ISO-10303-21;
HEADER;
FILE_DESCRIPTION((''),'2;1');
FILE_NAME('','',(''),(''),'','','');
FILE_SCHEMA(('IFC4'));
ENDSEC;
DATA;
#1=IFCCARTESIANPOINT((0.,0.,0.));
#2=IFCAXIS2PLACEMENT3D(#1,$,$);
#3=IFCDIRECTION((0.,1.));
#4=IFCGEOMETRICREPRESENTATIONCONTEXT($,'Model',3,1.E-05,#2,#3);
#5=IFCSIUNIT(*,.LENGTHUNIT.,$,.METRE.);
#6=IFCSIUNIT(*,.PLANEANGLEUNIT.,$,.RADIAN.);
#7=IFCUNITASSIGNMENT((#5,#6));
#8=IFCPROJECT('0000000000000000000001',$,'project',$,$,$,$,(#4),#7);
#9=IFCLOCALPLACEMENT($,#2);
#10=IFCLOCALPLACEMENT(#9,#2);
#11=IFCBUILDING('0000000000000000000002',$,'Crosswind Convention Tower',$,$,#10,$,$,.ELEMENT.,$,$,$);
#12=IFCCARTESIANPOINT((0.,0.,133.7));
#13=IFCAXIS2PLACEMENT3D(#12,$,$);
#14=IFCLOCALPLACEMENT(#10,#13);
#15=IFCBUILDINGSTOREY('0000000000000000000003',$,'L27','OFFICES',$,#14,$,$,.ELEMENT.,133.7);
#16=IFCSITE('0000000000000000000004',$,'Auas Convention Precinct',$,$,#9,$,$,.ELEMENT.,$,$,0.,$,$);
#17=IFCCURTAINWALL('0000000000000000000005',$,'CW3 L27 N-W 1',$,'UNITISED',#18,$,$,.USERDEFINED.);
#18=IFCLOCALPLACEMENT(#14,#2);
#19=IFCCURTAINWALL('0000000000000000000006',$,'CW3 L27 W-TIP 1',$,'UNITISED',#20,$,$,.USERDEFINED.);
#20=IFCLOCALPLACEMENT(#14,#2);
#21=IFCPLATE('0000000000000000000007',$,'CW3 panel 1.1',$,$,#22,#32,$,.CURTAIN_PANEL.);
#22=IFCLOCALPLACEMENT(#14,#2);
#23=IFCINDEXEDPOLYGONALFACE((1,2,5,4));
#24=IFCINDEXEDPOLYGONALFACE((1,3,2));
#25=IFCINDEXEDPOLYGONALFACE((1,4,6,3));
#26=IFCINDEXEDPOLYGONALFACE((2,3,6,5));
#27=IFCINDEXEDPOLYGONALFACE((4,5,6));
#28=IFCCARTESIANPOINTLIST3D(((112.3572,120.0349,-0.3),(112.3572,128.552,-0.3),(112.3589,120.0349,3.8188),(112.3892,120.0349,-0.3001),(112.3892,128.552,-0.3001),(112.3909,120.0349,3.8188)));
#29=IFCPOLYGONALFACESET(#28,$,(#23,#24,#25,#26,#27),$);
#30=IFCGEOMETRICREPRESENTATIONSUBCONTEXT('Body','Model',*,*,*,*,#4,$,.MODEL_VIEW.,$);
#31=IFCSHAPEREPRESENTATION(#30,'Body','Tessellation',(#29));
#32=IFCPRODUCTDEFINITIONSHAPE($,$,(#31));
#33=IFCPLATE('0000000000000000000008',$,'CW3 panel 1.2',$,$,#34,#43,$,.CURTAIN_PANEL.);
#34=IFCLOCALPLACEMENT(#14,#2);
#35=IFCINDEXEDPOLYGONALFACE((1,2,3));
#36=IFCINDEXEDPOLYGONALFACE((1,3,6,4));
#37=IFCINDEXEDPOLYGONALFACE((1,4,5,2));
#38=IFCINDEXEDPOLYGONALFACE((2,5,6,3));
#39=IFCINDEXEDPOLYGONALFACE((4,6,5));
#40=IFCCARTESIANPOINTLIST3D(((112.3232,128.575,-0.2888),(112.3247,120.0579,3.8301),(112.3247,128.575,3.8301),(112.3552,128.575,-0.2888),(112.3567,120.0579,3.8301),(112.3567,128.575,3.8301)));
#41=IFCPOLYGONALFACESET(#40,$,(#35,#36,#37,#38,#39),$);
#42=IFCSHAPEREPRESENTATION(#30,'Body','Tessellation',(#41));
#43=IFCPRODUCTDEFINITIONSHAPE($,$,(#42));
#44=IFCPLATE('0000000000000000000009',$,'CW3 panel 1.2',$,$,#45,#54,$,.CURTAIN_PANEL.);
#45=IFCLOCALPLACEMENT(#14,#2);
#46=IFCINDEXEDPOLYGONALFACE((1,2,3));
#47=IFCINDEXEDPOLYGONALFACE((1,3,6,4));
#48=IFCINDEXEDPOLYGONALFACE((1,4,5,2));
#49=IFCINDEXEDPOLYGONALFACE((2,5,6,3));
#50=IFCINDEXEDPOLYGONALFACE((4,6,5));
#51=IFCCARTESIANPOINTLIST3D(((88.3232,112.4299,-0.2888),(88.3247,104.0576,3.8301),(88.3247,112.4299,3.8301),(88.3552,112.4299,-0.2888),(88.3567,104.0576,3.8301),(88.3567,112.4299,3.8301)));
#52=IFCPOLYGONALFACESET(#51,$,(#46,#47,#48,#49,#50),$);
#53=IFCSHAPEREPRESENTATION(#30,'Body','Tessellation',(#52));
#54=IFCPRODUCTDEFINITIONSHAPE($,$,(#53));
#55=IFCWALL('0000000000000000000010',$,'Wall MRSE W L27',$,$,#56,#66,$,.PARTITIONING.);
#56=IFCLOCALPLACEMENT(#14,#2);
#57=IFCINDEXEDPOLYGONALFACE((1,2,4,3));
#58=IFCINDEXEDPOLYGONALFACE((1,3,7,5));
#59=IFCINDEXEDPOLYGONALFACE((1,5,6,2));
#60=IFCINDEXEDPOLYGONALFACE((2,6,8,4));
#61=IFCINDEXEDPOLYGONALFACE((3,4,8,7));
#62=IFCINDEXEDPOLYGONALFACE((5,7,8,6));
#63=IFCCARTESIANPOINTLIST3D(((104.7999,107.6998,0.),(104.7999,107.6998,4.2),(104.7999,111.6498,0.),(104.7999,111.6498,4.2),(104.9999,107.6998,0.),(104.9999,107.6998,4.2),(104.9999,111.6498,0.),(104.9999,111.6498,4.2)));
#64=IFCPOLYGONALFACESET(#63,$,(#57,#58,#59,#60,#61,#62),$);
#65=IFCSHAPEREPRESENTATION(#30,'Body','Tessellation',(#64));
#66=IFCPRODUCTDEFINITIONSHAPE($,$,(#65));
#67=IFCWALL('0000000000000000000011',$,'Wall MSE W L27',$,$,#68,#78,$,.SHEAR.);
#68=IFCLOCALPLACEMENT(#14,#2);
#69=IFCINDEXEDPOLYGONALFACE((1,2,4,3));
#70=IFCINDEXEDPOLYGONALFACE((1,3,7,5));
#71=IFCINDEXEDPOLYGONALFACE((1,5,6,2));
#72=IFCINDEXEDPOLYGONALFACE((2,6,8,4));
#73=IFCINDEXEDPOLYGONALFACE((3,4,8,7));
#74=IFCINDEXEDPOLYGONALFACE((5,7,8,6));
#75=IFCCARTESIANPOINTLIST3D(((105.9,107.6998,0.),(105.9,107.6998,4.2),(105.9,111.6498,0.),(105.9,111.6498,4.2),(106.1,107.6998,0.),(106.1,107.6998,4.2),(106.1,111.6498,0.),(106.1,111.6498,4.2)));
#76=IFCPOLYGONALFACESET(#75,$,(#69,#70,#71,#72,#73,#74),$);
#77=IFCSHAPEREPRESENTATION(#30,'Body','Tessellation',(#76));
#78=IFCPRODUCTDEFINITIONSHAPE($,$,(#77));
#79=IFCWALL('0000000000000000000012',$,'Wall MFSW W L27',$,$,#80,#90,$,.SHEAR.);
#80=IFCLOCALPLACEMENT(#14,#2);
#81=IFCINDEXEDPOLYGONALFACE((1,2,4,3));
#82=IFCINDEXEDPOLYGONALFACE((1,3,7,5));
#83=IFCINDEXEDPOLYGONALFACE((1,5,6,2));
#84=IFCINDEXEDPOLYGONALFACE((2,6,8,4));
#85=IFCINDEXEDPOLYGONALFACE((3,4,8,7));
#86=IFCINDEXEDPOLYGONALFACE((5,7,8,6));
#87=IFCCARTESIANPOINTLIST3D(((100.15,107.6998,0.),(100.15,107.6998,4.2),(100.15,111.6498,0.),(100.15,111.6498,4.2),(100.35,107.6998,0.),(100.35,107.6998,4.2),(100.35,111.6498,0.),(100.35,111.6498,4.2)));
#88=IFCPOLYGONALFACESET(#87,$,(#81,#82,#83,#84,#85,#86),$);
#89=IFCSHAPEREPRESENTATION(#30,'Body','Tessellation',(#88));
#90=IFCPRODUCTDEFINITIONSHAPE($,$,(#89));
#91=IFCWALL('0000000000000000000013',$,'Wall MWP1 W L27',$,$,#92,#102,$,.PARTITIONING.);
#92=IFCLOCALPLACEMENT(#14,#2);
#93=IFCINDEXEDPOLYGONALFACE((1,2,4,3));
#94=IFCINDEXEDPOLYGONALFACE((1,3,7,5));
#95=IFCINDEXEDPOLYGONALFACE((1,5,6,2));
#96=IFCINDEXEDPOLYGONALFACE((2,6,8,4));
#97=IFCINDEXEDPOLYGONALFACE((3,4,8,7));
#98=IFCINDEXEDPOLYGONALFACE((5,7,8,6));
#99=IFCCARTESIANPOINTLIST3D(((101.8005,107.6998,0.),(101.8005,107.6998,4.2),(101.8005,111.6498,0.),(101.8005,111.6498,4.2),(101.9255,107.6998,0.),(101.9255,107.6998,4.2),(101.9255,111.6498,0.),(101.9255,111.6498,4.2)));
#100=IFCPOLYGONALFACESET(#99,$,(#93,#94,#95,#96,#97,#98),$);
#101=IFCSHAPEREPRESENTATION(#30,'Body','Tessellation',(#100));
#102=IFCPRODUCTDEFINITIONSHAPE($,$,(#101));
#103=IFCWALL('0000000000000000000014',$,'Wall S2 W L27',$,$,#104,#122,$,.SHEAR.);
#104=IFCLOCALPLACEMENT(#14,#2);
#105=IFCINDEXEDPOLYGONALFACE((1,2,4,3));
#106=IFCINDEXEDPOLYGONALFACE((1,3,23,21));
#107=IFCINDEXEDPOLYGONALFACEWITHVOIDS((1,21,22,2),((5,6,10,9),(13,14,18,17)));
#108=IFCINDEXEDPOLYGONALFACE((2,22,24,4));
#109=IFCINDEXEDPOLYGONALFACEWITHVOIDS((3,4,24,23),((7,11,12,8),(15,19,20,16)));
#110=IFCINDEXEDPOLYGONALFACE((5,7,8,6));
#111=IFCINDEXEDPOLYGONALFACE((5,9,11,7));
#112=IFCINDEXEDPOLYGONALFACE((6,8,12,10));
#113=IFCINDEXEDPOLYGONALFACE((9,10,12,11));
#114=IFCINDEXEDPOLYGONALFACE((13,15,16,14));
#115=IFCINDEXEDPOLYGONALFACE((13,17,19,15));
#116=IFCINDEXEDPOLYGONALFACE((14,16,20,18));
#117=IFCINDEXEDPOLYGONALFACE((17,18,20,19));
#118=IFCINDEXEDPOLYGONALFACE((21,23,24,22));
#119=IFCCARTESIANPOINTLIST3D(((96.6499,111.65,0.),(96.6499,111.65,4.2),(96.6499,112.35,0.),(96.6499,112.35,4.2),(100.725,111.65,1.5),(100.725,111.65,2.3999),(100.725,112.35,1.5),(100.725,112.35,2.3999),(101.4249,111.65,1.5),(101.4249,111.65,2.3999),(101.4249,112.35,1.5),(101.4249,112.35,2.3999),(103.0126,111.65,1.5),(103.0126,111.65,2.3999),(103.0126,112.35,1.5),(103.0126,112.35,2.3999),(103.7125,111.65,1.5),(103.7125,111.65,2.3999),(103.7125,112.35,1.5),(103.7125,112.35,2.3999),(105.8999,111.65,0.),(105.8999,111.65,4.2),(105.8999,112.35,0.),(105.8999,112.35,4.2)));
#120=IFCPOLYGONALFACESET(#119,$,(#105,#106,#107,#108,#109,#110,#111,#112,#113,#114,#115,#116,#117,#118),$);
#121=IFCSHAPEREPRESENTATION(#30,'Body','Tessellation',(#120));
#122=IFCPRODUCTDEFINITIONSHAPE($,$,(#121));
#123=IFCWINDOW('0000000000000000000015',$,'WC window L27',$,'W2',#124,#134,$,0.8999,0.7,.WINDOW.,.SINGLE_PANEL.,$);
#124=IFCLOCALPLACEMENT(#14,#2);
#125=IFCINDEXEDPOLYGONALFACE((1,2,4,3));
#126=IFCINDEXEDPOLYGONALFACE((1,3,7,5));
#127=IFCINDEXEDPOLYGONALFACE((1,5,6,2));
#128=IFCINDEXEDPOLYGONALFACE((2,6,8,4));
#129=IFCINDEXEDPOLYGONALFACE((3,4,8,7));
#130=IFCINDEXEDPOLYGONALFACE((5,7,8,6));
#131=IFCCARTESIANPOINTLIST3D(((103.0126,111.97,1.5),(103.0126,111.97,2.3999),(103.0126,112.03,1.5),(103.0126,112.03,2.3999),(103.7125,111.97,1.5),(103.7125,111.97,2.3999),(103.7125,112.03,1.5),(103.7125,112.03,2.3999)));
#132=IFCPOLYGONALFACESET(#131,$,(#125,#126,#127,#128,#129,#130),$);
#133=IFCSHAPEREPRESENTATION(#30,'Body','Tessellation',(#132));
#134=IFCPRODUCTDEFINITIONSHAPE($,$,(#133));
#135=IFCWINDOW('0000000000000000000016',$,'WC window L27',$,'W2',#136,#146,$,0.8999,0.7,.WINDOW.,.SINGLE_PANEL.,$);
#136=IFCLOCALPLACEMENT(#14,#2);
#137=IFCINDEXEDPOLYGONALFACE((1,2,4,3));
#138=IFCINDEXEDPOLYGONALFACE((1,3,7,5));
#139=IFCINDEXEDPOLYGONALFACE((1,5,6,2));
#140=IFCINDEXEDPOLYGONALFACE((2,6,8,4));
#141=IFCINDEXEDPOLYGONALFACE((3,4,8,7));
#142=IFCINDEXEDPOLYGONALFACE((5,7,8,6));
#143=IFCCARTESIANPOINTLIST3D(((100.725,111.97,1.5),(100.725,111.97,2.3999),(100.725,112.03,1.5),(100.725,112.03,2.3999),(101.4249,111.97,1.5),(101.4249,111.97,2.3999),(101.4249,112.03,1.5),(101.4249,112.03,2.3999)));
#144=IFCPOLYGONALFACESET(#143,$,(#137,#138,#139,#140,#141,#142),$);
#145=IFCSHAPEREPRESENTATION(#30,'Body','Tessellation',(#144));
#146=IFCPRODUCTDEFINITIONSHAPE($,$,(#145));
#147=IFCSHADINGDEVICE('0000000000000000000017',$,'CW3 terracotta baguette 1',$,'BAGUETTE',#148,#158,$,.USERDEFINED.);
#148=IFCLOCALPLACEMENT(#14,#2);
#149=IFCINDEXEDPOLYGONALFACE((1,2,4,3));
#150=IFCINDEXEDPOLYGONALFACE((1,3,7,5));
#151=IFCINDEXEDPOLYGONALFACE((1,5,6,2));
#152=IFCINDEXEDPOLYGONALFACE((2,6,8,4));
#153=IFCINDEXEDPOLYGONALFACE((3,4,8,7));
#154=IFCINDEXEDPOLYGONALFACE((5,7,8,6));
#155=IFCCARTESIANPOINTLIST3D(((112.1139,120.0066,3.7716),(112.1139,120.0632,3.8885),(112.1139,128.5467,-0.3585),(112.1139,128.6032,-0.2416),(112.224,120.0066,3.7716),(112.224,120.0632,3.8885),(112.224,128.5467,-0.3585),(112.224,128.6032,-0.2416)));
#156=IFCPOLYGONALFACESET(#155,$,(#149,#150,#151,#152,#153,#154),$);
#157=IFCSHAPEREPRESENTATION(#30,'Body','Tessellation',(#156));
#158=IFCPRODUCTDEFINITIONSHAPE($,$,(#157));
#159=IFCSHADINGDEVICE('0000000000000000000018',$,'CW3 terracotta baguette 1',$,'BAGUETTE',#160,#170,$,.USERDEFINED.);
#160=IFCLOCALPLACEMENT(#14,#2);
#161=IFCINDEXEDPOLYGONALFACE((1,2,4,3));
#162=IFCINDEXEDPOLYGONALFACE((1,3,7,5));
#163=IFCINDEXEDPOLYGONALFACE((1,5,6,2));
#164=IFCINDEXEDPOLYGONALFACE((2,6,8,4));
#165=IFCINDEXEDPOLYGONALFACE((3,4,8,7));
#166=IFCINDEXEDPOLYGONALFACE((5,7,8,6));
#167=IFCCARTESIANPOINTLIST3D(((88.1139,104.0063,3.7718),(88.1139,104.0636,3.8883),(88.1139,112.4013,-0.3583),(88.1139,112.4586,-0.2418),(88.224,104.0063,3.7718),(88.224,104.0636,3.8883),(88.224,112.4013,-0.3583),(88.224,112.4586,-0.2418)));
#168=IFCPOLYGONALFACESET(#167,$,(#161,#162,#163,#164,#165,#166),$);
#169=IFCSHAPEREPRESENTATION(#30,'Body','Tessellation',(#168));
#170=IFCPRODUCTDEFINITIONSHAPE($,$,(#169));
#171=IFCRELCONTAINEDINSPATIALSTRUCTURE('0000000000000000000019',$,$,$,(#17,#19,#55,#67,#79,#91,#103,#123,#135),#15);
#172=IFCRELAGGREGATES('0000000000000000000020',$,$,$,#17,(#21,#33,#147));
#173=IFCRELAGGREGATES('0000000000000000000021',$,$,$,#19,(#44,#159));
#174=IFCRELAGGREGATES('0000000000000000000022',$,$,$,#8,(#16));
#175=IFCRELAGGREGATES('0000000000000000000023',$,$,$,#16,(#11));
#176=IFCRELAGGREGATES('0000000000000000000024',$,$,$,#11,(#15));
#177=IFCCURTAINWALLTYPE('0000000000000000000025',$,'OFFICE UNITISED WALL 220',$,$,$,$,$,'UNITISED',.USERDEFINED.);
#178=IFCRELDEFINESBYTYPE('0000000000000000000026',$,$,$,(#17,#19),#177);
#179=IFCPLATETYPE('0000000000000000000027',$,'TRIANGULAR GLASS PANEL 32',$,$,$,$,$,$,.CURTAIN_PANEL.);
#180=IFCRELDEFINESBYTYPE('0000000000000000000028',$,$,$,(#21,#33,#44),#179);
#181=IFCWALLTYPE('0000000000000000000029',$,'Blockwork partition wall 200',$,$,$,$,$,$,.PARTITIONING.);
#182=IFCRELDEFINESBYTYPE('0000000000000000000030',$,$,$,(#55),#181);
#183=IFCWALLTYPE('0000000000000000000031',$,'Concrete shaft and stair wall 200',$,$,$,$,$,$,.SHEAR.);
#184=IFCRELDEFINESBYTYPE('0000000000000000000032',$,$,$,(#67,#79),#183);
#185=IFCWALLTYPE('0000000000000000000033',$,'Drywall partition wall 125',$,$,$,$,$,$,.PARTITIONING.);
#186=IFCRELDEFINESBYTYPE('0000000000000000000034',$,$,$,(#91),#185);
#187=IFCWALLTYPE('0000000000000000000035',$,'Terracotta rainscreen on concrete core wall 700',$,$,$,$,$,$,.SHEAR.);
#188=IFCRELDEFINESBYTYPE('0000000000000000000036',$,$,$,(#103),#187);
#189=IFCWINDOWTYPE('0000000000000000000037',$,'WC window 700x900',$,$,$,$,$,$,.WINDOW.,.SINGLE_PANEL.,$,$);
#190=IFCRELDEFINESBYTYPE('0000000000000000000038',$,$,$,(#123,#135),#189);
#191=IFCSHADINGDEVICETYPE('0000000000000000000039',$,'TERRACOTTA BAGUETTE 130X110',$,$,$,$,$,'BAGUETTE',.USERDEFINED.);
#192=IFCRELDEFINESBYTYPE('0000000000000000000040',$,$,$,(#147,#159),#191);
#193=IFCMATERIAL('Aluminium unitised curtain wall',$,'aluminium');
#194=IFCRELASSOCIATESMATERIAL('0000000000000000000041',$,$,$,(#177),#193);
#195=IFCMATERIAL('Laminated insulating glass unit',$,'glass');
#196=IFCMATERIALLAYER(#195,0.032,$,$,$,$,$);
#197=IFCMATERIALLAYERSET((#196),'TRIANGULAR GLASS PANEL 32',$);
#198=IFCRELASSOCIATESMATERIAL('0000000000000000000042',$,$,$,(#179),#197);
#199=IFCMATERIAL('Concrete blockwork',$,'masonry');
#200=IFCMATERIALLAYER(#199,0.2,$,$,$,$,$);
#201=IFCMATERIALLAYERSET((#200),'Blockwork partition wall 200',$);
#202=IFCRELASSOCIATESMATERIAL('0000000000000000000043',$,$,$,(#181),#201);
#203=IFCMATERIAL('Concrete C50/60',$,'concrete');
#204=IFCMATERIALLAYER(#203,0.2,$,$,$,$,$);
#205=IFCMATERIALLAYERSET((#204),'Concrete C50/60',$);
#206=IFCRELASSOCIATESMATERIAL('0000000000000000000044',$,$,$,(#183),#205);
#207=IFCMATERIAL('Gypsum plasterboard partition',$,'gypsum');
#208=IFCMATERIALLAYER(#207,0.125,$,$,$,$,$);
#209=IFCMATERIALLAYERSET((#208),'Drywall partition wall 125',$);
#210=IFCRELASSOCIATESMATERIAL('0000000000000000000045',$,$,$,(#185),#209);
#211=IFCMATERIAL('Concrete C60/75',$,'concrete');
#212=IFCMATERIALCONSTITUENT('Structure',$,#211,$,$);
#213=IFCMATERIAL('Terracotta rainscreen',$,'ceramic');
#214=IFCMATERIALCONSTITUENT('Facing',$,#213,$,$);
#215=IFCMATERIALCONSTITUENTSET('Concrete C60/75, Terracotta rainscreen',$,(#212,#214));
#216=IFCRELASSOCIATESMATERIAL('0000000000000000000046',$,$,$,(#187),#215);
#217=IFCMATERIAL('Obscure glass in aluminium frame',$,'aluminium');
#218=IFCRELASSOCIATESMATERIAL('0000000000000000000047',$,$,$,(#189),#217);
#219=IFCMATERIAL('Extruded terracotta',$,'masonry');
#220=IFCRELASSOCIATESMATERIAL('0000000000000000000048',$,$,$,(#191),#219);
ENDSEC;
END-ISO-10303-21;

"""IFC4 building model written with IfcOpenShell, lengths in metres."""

from ifc_helpers import new_model, si_unit, direction, frame, frame_2d, origin, origin_2d, place, context, subcontext, project, spatial, polyline, rectangle, outline, extrude, material, layer, layer_set, constituent, constituent_set, material_profile, profile_set, type_object, element, fill, aggregate, save


model = new_model("IFC4")

# Units and contexts
model_context = context("Model", 3, precision=1e-05, world=origin(), true_north=direction((0.0, 1.0)))
body_context = subcontext(model_context, "Body", "Model", "MODEL_VIEW")
ifc_project = project(units=[si_unit("LENGTHUNIT", "METRE"), si_unit("PLANEANGLEUNIT", "RADIAN")], contexts=[model_context])

# Site, building, storey
site_placement = place(None, origin())
site = spatial("IfcSite", under=ifc_project, at=site_placement, Name="Auas Convention Precinct", CompositionType="ELEMENT", RefElevation=0.0)
building_placement = place(site_placement, origin())
building = spatial("IfcBuilding", under=site, at=building_placement, Name="Crosswind Convention Tower", CompositionType="ELEMENT")
storey_placement = place(building_placement, frame((0.0, 0.0, 133.7)))
storey = spatial("IfcBuildingStorey", under=building, at=storey_placement, Name="L27", Description="OFFICES", CompositionType="ELEMENT", Elevation=133.7)

# Shared definitions
ifc_material_1 = material(Name="Concrete C60/75", Category="concrete")

# Shared definitions
ifc_material_2 = material(Name="Aluminium unitised curtain wall", Category="aluminium")

# Curtain walls
curtain_wall_type_1 = type_object("IfcCurtainWallType", Name="OFFICE UNITISED WALL 220", ElementType="UNITISED", PredefinedType="USERDEFINED", material=ifc_material_2)
curtain_wall_1_placement = place(storey_placement, origin())
curtain_wall_1 = element("IfcCurtainWall", 1, at=curtain_wall_1_placement, inside=storey, type_object=curtain_wall_type_1, Name="CW3 L27 N-W 1", ObjectType="UNITISED", PredefinedType="USERDEFINED")
curtain_wall_2_placement = place(storey_placement, origin())
curtain_wall_2 = element("IfcCurtainWall", 2, at=curtain_wall_2_placement, inside=storey, type_object=curtain_wall_type_1, Name="CW3 L27 W-TIP 1", ObjectType="UNITISED", PredefinedType="USERDEFINED")

# Plates
ifc_material_3 = material(Name="Laminated insulating glass unit", Category="glass")
ifc_layer_1 = layer(ifc_material_3, 0.032)
ifc_layer_set_1 = layer_set([ifc_layer_1], Name="TRIANGULAR GLASS PANEL 32")
plate_type_1 = type_object("IfcPlateType", Name="TRIANGULAR GLASS PANEL 32", PredefinedType="CURTAIN_PANEL", material=ifc_layer_set_1)
plate_1_placement = place(storey_placement, frame((112.3572, 120.0349, -0.3), z_axis=(-1.0, 0.0, 0.000415), x_axis=(0.000415, 0.0, 1.0)))
plate_1 = element("IfcPlate", 3, at=plate_1_placement, type_object=plate_type_1, Name="CW3 panel 1.1", PredefinedType="CURTAIN_PANEL", context=body_context, shape_type="SweptSolid", body=[
    extrude(outline(polyline([(0.0, 0.0), (4.1189, 0.0), (0.0, 8.5171), (0.0, 0.0)])), origin(), (0.0, 0.0, -1.0), 0.032),
])
plate_2_placement = place(storey_placement, frame((112.3247, 128.575, 3.8301), z_axis=(-1.0, 0.0, 0.000356), x_axis=(-0.000356, 0.0, -1.0)))
plate_2 = element("IfcPlate", 4, at=plate_2_placement, type_object=plate_type_1, Name="CW3 panel 1.2", PredefinedType="CURTAIN_PANEL", context=body_context, shape_type="SweptSolid", body=[
    extrude(outline(polyline([(0.0, 0.0), (4.1189, 0.0), (0.0, 8.5171), (0.0, 0.0)])), origin(), (0.0, 0.0, -1.0), 0.032),
])
plate_3_placement = place(storey_placement, frame((88.3247, 112.4299, 3.8301), z_axis=(-1.0, 0.0, 0.000356), x_axis=(-0.000356, 0.0, -1.0)))
plate_3 = element("IfcPlate", 5, at=plate_3_placement, type_object=plate_type_1, Name="CW3 panel 1.2", PredefinedType="CURTAIN_PANEL", context=body_context, shape_type="SweptSolid", body=[
    extrude(outline(polyline([(0.0, 0.0), (4.1189, 0.0), (0.0, 8.3723), (0.0, 0.0)])), origin(), (0.0, 0.0, -1.0), 0.032),
])

# Walls
ifc_material_4 = material(Name="Concrete blockwork", Category="masonry")
ifc_layer_2 = layer(ifc_material_4, 0.2)
ifc_layer_set_2 = layer_set([ifc_layer_2], Name="Blockwork partition wall 200")
wall_type_1 = type_object("IfcWallType", Name="Blockwork partition wall 200", PredefinedType="PARTITIONING", material=ifc_layer_set_2)
wall_1_placement = place(storey_placement, frame((104.8999, 111.6499, 0.0), z_axis=(0.0, 0.0, 1.0), x_axis=(0.0, -1.0, 0.0)))
element("IfcWall", 6, at=wall_1_placement, inside=storey, type_object=wall_type_1, Name="Wall MRSE W L27", PredefinedType="PARTITIONING", context=body_context, shape_type="SweptSolid", body=[
    extrude(rectangle(XDim=3.95, YDim=0.2, at=frame_2d((1.9751, 0.0))), origin(), (0.0, 0.0, 1.0), 4.2),
])
ifc_material_5 = material(Name="Concrete C50/60", Category="concrete")
ifc_layer_3 = layer(ifc_material_5, 0.2)
ifc_layer_set_3 = layer_set([ifc_layer_3], Name="Concrete C50/60")
wall_type_2 = type_object("IfcWallType", Name="Concrete shaft and stair wall 200", PredefinedType="SHEAR", material=ifc_layer_set_3)
for number, where, z_axis, x_axis, name in (
    (7, (106.0, 111.6499, 0.0), (0.0, 0.0, 1.0), (0.0, -1.0, 0.0), "Wall MSE W L27"),
    (8, (100.25, 111.6499, 0.0), (0.0, 0.0, 1.0), (0.0, -1.0, 0.0), "Wall MFSW W L27"),
):
    element("IfcWall", number, at=place(storey_placement, frame(where, z_axis=z_axis, x_axis=x_axis)), inside=storey, type_object=wall_type_2, Name=name, PredefinedType="SHEAR", context=body_context, shape_type="SweptSolid", body=[
        extrude(rectangle(XDim=3.95, YDim=0.2, at=frame_2d((1.9751, 0.0))), origin(), (0.0, 0.0, 1.0), 4.2),
    ])
ifc_material_6 = material(Name="Gypsum plasterboard partition", Category="gypsum")
ifc_layer_4 = layer(ifc_material_6, 0.125)
ifc_layer_set_4 = layer_set([ifc_layer_4], Name="Drywall partition wall 125")
wall_type_3 = type_object("IfcWallType", Name="Drywall partition wall 125", PredefinedType="PARTITIONING", material=ifc_layer_set_4)
wall_2_placement = place(storey_placement, frame((101.863, 111.6499, 0.0), z_axis=(0.0, 0.0, 1.0), x_axis=(0.0, -1.0, 0.0)))
element("IfcWall", 9, at=wall_2_placement, inside=storey, type_object=wall_type_3, Name="Wall MWP1 W L27", PredefinedType="PARTITIONING", context=body_context, shape_type="SweptSolid", body=[
    extrude(rectangle(XDim=3.95, YDim=0.125, at=frame_2d((1.9751, 0.0))), origin(), (0.0, 0.0, 1.0), 4.2),
])

# Wall, openings, windows
ifc_constituent_1 = constituent(ifc_material_1, Name="Structure")
ifc_material_7 = material(Name="Terracotta rainscreen", Category="ceramic")
ifc_constituent_2 = constituent(ifc_material_7, Name="Facing")
ifc_constituent_set = constituent_set(constituents=[ifc_constituent_1, ifc_constituent_2], Name="Concrete C60/75, Terracotta rainscreen")
wall_type_4 = type_object("IfcWallType", Name="Terracotta rainscreen on concrete core wall 700", PredefinedType="SHEAR", material=ifc_constituent_set)
wall_3_placement = place(storey_placement, frame((105.8999, 112.0, 0.0), z_axis=(0.0, 0.0, 1.0), x_axis=(-1.0, 0.0, 0.0)))
wall_3 = element("IfcWall", 10, at=wall_3_placement, inside=storey, type_object=wall_type_4, Name="Wall S2 W L27", PredefinedType="SHEAR", context=body_context, shape_type="SweptSolid", body=[
    extrude(rectangle(XDim=9.25, YDim=0.7, at=frame_2d((4.625, 0.0))), origin(), (0.0, 0.0, 1.0), 4.2),
])
opening_1_placement = place(wall_3_placement, frame((2.1873, 0.0, 1.5)))
opening_1 = element("IfcOpeningElement", 11, at=opening_1_placement, cuts=wall_3, PredefinedType="OPENING", context=body_context, shape_type="SweptSolid", body=[
    extrude(rectangle(XDim=0.7, YDim=0.8999, at=frame_2d((0.3501, 0.45))), frame((0.0, 0.3599, 0.0), z_axis=(0.0, -1.0, 0.0), x_axis=(1.0, 0.0, 0.0)), (0.0, 0.0, 1.0), 0.72),
])
opening_2_placement = place(wall_3_placement, frame((4.4749, 0.0, 1.5)))
opening_2 = element("IfcOpeningElement", 12, at=opening_2_placement, cuts=wall_3, PredefinedType="OPENING", context=body_context, shape_type="SweptSolid", body=[
    extrude(rectangle(XDim=0.7, YDim=0.8999, at=frame_2d((0.3501, 0.45))), frame((0.0, 0.3599, 0.0), z_axis=(0.0, -1.0, 0.0), x_axis=(1.0, 0.0, 0.0)), (0.0, 0.0, 1.0), 0.72),
])
ifc_material_8 = material(Name="Obscure glass in aluminium frame", Category="aluminium")
window_type = type_object("IfcWindowType", Name="WC window 700x900", PartitioningType="SINGLE_PANEL", PredefinedType="WINDOW", material=ifc_material_8)
window_1_placement = place(opening_1_placement, origin())
window_1 = element("IfcWindow", 13, at=window_1_placement, inside=storey, type_object=window_type, Name="WC window L27", ObjectType="W2", OverallHeight=0.8999, OverallWidth=0.7, PartitioningType="SINGLE_PANEL", PredefinedType="WINDOW", context=body_context, shape_type="SweptSolid", body=[
    extrude(rectangle(XDim=0.7, YDim=0.8999, at=frame_2d((0.3501, 0.45))), frame((0.0, 0.03, 0.0), z_axis=(0.0, -1.0, 0.0), x_axis=(1.0, 0.0, 0.0)), (0.0, 0.0, 1.0), 0.0601),
])
fill(opening_1, window_1)
window_2_placement = place(opening_2_placement, origin())
window_2 = element("IfcWindow", 14, at=window_2_placement, inside=storey, type_object=window_type, Name="WC window L27", ObjectType="W2", OverallHeight=0.8999, OverallWidth=0.7, PartitioningType="SINGLE_PANEL", PredefinedType="WINDOW", context=body_context, shape_type="SweptSolid", body=[
    extrude(rectangle(XDim=0.7, YDim=0.8999, at=frame_2d((0.3501, 0.45))), frame((0.0, 0.03, 0.0), z_axis=(0.0, -1.0, 0.0), x_axis=(1.0, 0.0, 0.0)), (0.0, 0.0, 1.0), 0.0601),
])
fill(opening_2, window_2)

# Shading devices
ifc_material_9 = material(Name="Extruded terracotta", Category="masonry")
ifc_material_profile_1 = material_profile(ifc_material_9, rectangle(XDim=0.1101, YDim=0.1299, at=origin_2d()), Name="TC 110X130")
ifc_profile_set_1 = profile_set([ifc_material_profile_1], Name="Extruded terracotta")
shading_device_type = type_object("IfcShadingDeviceType", Name="TERRACOTTA BAGUETTE 130X110", ElementType="BAGUETTE", PredefinedType="USERDEFINED", material=ifc_profile_set_1)
shading_device_1_placement = place(storey_placement, frame((112.1689, 128.575, -0.3), z_axis=(0.0, -0.900248, 0.435377), x_axis=(1.0, 0.0, 0.0)))
shading_device_1 = element("IfcShadingDevice", 15, at=shading_device_1_placement, type_object=shading_device_type, Name="CW3 terracotta baguette 1", ObjectType="BAGUETTE", PredefinedType="USERDEFINED", context=body_context, shape_type="SweptSolid", body=[
    extrude(rectangle(XDim=0.1101, YDim=0.1299, at=origin_2d()), origin(), (0.0, 0.0, 1.0), 9.4863),
])
aggregate(curtain_wall_1, [plate_1, plate_2, shading_device_1])
shading_device_2_placement = place(storey_placement, frame((88.1689, 112.4299, -0.3), z_axis=(0.0, -0.897289, 0.441443), x_axis=(1.0, 0.0, 0.0)))
shading_device_2 = element("IfcShadingDevice", 16, at=shading_device_2_placement, type_object=shading_device_type, Name="CW3 terracotta baguette 1", ObjectType="BAGUETTE", PredefinedType="USERDEFINED", context=body_context, shape_type="SweptSolid", body=[
    extrude(rectangle(XDim=0.1101, YDim=0.1299, at=origin_2d()), origin(), (0.0, 0.0, 1.0), 9.356),
])
aggregate(curtain_wall_2, [plate_3, shading_device_2])

save(model, "model.ifc")
